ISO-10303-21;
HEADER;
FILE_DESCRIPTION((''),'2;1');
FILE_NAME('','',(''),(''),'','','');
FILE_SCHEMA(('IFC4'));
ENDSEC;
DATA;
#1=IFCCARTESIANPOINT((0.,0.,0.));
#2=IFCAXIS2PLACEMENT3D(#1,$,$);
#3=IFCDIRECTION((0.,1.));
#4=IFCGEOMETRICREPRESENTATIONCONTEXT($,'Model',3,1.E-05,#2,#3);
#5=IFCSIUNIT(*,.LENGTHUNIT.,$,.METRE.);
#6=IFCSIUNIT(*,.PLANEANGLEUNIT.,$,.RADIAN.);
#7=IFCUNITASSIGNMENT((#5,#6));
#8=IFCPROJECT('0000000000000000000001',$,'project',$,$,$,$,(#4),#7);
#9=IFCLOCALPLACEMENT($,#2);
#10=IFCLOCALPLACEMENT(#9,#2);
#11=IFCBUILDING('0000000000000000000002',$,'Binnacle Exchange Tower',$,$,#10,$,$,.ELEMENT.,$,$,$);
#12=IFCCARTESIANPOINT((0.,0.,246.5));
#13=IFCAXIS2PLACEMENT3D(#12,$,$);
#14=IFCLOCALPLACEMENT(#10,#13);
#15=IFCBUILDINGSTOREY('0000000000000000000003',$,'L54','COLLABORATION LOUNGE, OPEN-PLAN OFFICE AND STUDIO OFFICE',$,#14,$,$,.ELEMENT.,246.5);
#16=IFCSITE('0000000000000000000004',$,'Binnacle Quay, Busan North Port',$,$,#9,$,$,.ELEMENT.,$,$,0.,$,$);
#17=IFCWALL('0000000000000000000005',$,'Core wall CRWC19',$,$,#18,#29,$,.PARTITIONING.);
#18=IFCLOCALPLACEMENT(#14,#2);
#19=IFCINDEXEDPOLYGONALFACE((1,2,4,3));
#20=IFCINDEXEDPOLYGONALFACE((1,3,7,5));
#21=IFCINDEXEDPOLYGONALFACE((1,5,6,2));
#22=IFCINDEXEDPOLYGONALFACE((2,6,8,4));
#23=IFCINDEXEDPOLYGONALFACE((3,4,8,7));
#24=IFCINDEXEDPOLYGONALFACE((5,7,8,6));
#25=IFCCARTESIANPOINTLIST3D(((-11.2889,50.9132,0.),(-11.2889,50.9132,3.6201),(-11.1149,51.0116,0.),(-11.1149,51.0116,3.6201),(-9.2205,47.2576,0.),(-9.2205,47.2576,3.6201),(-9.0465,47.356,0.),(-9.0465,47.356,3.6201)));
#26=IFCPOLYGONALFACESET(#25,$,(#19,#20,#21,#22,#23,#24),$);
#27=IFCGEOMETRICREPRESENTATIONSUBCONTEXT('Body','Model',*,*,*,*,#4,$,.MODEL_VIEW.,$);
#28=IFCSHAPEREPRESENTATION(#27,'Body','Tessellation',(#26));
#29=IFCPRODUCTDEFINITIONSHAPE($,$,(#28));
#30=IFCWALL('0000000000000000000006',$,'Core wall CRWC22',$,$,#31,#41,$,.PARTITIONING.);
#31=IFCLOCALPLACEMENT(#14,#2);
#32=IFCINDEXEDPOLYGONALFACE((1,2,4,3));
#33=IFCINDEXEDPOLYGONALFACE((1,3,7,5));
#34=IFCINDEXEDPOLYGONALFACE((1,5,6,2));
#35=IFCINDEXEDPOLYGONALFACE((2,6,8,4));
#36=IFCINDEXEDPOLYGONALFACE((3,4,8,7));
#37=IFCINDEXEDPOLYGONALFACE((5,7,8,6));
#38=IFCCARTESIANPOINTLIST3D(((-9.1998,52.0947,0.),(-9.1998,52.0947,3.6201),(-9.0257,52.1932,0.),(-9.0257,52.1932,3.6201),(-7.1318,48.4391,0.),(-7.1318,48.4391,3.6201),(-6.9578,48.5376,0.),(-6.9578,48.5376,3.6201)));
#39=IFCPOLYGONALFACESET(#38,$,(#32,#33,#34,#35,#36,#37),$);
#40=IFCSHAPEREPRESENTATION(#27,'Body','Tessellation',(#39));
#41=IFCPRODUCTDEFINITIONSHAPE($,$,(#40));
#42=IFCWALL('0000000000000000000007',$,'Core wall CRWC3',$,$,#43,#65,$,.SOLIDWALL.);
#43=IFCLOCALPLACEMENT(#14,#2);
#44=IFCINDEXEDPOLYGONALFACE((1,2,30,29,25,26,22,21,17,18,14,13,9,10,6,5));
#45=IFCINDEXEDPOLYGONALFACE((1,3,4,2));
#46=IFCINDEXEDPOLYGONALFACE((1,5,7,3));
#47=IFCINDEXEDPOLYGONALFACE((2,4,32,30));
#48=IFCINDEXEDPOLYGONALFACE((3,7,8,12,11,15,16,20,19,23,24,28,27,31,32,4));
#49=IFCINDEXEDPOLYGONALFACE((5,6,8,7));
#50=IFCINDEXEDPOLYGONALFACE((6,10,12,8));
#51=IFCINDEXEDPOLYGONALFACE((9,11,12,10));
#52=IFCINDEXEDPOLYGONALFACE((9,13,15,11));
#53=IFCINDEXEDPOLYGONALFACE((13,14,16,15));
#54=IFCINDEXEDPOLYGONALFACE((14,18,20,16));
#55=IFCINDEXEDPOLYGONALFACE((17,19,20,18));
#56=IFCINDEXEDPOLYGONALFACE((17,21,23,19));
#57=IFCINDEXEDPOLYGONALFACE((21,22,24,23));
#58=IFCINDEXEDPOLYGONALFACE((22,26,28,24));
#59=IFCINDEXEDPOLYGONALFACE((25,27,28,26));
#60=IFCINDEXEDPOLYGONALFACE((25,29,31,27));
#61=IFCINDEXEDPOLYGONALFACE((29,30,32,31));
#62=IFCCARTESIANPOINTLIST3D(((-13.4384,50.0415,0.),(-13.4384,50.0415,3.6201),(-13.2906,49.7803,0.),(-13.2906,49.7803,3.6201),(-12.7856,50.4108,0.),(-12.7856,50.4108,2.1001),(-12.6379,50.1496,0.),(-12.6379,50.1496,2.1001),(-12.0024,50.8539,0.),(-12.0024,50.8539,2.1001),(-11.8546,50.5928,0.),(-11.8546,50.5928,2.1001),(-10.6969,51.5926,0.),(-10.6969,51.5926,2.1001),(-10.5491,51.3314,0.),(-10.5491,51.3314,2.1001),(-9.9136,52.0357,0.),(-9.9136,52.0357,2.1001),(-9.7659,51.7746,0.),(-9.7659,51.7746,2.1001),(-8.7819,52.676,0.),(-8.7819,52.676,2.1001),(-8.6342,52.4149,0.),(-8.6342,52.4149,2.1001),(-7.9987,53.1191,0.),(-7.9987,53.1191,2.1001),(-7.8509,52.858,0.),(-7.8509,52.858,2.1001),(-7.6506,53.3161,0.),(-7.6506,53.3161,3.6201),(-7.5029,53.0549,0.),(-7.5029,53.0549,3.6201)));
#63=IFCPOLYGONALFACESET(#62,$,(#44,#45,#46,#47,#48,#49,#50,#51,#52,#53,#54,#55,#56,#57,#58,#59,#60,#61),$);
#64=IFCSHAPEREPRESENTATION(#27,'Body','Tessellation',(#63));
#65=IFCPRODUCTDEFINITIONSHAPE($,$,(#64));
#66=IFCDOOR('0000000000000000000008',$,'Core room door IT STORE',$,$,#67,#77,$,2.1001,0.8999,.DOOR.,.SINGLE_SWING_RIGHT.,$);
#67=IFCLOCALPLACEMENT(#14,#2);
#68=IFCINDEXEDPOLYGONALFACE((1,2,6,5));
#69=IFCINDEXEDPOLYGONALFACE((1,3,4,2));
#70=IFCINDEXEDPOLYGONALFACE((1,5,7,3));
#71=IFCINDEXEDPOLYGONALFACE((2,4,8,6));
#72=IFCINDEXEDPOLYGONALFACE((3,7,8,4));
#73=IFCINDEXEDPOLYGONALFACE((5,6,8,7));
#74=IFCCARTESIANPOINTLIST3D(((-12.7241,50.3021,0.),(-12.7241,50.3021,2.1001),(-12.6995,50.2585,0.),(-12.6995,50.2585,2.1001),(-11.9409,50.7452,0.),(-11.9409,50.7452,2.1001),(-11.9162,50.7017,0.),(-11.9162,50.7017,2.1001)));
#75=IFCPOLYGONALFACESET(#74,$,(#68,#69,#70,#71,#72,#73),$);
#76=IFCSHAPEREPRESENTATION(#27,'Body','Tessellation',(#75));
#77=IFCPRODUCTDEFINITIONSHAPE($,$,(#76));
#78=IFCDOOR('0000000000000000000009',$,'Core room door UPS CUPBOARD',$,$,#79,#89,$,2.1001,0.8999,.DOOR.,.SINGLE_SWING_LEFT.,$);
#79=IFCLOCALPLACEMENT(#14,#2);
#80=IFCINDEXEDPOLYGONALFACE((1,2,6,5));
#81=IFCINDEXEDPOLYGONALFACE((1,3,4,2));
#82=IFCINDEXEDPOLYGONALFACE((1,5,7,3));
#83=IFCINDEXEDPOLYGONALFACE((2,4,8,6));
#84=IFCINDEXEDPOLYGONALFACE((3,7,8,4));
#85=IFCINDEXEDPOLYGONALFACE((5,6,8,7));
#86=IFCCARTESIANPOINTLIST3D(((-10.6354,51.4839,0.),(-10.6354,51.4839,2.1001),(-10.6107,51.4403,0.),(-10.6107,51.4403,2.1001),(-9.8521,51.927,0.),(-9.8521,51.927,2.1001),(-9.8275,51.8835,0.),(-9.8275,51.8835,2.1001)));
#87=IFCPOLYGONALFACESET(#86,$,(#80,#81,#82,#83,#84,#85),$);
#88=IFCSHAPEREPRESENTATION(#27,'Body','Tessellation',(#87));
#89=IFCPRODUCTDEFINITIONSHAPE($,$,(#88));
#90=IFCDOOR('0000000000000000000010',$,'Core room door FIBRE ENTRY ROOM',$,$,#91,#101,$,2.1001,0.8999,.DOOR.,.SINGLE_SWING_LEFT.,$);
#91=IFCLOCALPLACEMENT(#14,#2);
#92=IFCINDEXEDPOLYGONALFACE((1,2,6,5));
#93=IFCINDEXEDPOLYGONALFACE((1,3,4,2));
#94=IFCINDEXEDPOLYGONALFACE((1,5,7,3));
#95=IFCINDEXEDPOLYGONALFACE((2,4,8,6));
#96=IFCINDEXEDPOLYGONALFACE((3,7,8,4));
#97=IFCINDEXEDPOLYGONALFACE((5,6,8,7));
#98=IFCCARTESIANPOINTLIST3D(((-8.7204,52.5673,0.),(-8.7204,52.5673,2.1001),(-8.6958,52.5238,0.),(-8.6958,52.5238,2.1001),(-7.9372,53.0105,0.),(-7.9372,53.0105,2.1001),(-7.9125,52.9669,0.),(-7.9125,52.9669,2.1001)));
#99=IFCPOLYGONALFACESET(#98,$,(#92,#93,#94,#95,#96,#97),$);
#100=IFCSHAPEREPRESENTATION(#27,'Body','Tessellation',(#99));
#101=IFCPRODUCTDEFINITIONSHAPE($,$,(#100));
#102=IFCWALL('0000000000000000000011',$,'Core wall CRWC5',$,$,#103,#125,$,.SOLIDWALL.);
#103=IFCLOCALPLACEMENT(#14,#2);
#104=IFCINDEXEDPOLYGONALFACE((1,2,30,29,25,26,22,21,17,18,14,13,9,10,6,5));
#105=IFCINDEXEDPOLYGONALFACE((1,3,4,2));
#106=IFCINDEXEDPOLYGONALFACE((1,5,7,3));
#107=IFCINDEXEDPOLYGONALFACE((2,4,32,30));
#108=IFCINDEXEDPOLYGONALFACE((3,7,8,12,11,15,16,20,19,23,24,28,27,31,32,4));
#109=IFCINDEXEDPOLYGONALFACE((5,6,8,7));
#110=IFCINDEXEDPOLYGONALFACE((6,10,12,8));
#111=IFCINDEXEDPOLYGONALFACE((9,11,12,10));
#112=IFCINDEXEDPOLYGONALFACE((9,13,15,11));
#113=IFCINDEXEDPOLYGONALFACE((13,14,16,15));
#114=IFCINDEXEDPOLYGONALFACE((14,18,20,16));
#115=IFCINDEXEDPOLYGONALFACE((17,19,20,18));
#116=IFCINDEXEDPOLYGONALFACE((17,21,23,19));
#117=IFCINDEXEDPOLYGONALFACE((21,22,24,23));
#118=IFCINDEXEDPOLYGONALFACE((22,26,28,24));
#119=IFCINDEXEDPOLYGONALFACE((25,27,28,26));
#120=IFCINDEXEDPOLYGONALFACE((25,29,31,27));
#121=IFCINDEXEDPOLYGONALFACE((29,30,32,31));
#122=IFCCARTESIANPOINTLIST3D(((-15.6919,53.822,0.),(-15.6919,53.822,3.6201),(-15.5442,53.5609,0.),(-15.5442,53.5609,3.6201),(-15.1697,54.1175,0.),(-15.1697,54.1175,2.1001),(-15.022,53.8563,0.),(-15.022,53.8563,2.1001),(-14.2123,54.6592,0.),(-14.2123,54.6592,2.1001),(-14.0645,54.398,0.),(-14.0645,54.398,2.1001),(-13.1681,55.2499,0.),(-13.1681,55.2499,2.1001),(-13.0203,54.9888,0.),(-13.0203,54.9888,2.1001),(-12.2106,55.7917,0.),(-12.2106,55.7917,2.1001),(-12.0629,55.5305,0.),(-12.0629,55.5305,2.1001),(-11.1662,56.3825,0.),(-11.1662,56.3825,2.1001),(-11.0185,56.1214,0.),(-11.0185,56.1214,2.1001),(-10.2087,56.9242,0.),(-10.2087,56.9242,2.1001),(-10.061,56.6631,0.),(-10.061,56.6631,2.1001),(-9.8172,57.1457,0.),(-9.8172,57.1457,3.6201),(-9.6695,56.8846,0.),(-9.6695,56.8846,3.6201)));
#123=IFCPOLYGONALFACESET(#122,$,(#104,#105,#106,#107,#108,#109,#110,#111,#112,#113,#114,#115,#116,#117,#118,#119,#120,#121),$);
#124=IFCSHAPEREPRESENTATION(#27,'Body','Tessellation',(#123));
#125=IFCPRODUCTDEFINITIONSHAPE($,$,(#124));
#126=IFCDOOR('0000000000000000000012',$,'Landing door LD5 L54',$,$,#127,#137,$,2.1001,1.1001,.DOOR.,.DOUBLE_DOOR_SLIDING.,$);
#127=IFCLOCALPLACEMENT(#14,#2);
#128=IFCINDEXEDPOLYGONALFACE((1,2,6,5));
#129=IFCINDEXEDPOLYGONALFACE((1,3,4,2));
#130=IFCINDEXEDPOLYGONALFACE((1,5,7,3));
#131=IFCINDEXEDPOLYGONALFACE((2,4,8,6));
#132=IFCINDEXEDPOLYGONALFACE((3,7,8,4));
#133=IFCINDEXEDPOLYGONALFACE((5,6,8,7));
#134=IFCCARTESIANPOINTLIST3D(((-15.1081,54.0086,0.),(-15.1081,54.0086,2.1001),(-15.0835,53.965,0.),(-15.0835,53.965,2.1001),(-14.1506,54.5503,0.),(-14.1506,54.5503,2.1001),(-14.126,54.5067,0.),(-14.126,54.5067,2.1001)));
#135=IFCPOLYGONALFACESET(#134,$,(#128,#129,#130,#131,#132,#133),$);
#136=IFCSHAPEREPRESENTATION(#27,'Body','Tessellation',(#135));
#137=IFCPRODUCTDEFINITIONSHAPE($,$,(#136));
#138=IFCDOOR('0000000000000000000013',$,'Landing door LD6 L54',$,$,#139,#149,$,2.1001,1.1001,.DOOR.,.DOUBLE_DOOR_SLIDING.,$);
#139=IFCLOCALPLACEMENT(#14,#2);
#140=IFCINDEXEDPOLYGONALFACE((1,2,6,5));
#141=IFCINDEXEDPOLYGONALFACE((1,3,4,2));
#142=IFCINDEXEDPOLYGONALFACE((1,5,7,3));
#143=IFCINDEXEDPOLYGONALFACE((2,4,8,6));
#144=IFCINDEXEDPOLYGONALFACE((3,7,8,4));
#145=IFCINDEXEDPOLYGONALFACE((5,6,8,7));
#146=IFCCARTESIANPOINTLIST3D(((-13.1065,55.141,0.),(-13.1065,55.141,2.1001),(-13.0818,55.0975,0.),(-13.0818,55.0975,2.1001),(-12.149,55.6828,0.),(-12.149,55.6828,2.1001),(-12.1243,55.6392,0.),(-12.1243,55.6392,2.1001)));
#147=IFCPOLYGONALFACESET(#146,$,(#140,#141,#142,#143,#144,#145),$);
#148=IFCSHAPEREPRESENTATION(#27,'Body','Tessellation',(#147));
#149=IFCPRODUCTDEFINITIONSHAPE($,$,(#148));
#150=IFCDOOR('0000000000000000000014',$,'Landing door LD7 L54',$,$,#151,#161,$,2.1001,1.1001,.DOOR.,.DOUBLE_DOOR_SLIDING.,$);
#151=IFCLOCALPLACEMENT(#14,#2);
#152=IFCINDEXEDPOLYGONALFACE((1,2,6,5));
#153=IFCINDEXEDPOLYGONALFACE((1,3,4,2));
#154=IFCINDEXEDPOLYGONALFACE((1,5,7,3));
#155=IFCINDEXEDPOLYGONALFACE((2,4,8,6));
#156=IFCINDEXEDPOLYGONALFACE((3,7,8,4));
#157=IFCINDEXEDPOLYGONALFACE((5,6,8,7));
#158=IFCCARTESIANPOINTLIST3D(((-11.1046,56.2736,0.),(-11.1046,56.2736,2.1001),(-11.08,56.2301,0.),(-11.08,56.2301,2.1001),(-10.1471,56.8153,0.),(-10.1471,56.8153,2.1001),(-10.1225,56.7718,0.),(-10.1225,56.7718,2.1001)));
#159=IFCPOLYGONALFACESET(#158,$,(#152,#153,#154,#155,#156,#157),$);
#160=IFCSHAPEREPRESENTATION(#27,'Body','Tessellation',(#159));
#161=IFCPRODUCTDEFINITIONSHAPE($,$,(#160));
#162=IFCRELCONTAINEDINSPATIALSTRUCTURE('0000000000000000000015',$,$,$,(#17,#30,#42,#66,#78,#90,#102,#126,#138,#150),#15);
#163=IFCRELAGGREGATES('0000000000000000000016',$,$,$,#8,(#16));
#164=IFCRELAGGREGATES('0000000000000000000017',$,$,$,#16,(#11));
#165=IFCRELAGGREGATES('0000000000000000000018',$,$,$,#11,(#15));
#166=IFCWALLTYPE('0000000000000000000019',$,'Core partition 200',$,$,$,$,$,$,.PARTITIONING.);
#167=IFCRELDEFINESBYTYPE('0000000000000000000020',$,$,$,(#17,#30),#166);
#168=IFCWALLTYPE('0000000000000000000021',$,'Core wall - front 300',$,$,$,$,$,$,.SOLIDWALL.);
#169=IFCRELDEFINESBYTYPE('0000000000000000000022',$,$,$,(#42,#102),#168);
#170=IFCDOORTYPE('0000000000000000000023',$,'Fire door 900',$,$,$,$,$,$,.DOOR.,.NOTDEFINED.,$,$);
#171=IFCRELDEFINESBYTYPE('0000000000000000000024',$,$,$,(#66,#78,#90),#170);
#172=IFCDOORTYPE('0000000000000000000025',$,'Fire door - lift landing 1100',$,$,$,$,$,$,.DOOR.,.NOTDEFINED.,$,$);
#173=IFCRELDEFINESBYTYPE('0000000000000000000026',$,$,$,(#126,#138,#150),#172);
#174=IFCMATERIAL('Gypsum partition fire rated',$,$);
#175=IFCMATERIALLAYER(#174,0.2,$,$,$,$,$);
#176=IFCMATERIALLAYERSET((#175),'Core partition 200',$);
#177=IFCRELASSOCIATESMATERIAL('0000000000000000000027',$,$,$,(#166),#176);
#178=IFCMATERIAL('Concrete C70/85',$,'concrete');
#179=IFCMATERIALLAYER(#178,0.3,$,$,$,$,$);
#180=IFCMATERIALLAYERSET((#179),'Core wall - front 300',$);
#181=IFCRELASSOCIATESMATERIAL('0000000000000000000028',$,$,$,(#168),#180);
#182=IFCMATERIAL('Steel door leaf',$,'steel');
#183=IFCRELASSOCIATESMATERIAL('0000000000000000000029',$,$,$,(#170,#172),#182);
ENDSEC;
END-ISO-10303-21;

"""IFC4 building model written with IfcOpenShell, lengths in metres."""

from ifc_helpers import new_model, si_unit, direction, frame, frame_2d, origin, place, context, subcontext, project, spatial, rectangle, extrude, material, layer, layer_set, type_object, element, fill, save


model = new_model("IFC4")

# Units and contexts
model_context = context("Model", 3, precision=1e-05, world=origin(), true_north=direction((0.0, 1.0)))
body_context = subcontext(model_context, "Body", "Model", "MODEL_VIEW")
ifc_project = project(units=[si_unit("LENGTHUNIT", "METRE"), si_unit("PLANEANGLEUNIT", "RADIAN")], contexts=[model_context])

# Site, building, storey
site_placement = place(None, origin())
site = spatial("IfcSite", under=ifc_project, at=site_placement, Name="Binnacle Quay, Busan North Port", CompositionType="ELEMENT", RefElevation=0.0)
building_placement = place(site_placement, origin())
building = spatial("IfcBuilding", under=site, at=building_placement, Name="Binnacle Exchange Tower", CompositionType="ELEMENT")
storey_placement = place(building_placement, frame((0.0, 0.0, 246.5)))
storey = spatial("IfcBuildingStorey", under=building, at=storey_placement, Name="L54", Description="COLLABORATION LOUNGE, OPEN-PLAN OFFICE AND STUDIO OFFICE", CompositionType="ELEMENT", Elevation=246.5)

# Walls
ifc_material_1 = material(Name="Gypsum partition fire rated")
ifc_layer_1 = layer(ifc_material_1, 0.2)
ifc_layer_set_1 = layer_set([ifc_layer_1], Name="Core partition 200")
wall_type_1 = type_object("IfcWallType", Name="Core partition 200", PredefinedType="PARTITIONING", material=ifc_layer_set_1)
wall_1_placement = place(storey_placement, frame((-11.2019, 50.9624, 0.0), z_axis=(0.0, 0.0, 1.0), x_axis=(0.492454, -0.870339, 0.0)))
element("IfcWall", 1, at=wall_1_placement, inside=storey, type_object=wall_type_1, Name="Core wall CRWC19", PredefinedType="PARTITIONING", context=body_context, shape_type="SweptSolid", body=[
    extrude(rectangle(XDim=4.2002, YDim=0.2, at=frame_2d((2.1001, 0.0))), origin(), (0.0, 0.0, 1.0), 3.6201),
])
wall_2_placement = place(storey_placement, frame((-9.1128, 52.144, 0.0), z_axis=(0.0, 0.0, 1.0), x_axis=(0.492366, -0.870388, 0.0)))
element("IfcWall", 2, at=wall_2_placement, inside=storey, type_object=wall_type_1, Name="Core wall CRWC22", PredefinedType="PARTITIONING", context=body_context, shape_type="SweptSolid", body=[
    extrude(rectangle(XDim=4.2, YDim=0.2, at=frame_2d((2.1001, 0.0))), origin(), (0.0, 0.0, 1.0), 3.6201),
])

# Walls, openings, doors
ifc_material_2 = material(Name="Concrete C70/85", Category="concrete")
ifc_layer_2 = layer(ifc_material_2, 0.3)
ifc_layer_set_2 = layer_set([ifc_layer_2], Name="Core wall - front 300")
wall_type_2 = type_object("IfcWallType", Name="Core wall - front 300", PredefinedType="SOLIDWALL", material=ifc_layer_set_2)
wall_3_placement = place(storey_placement, frame((-13.3645, 49.9109, 0.0), z_axis=(0.0, 0.0, 1.0), x_axis=(0.870352, 0.49243, 0.0)))
wall_3 = element("IfcWall", 3, at=wall_3_placement, inside=storey, type_object=wall_type_2, Name="Core wall CRWC3", PredefinedType="SOLIDWALL", context=body_context, shape_type="SweptSolid", body=[
    extrude(rectangle(XDim=6.6499, YDim=0.3, at=frame_2d((3.325, 0.0))), origin(), (0.0, 0.0, 1.0), 3.6201),
])
opening_1_placement = place(wall_3_placement, frame((0.75, 0.0, 0.0)))
opening_1 = element("IfcOpeningElement", 4, at=opening_1_placement, cuts=wall_3, PredefinedType="OPENING", context=body_context, shape_type="SweptSolid", body=[
    extrude(rectangle(XDim=0.8999, YDim=2.1001, at=frame_2d((0.45, 1.05))), frame((0.0, 0.1599, 0.0), z_axis=(0.0, -1.0, 0.0), x_axis=(1.0, 0.0, 0.0)), (0.0, 0.0, 1.0), 0.3201),
])
opening_2_placement = place(wall_3_placement, frame((3.1499, 0.0, 0.0)))
opening_2 = element("IfcOpeningElement", 5, at=opening_2_placement, cuts=wall_3, PredefinedType="OPENING", context=body_context, shape_type="SweptSolid", body=[
    extrude(rectangle(XDim=0.8999, YDim=2.1001, at=frame_2d((0.45, 1.05))), frame((0.0, 0.1599, 0.0), z_axis=(0.0, -1.0, 0.0), x_axis=(1.0, 0.0, 0.0)), (0.0, 0.0, 1.0), 0.3201),
])
opening_3_placement = place(wall_3_placement, frame((5.3501, 0.0, 0.0)))
opening_3 = element("IfcOpeningElement", 6, at=opening_3_placement, cuts=wall_3, PredefinedType="OPENING", context=body_context, shape_type="SweptSolid", body=[
    extrude(rectangle(XDim=0.8999, YDim=2.1001, at=frame_2d((0.45, 1.05))), frame((0.0, 0.1599, 0.0), z_axis=(0.0, -1.0, 0.0), x_axis=(1.0, 0.0, 0.0)), (0.0, 0.0, 1.0), 0.3201),
])
ifc_material_3 = material(Name="Steel door leaf", Category="steel")
door_type_1 = type_object("IfcDoorType", Name="Fire door 900", OperationType="NOTDEFINED", PredefinedType="DOOR", material=ifc_material_3)
door_1_placement = place(opening_1_placement, frame((0.8999, 0.0, 0.0), z_axis=(0.0, 0.0, 1.0), x_axis=(-1.0, 0.0, 0.0)))
door_1 = element("IfcDoor", 7, at=door_1_placement, inside=storey, type_object=door_type_1, Name="Core room door IT STORE", OperationType="SINGLE_SWING_RIGHT", OverallHeight=2.1001, OverallWidth=0.8999, PredefinedType="DOOR", context=body_context, shape_type="SweptSolid", body=[
    extrude(rectangle(XDim=0.8999, YDim=2.1001, at=frame_2d((0.45, 1.05))), frame((0.0, 0.0249, 0.0), z_axis=(0.0, -1.0, 0.0), x_axis=(1.0, 0.0, 0.0)), (0.0, 0.0, 1.0), 0.05),
])
fill(opening_1, door_1)
door_2_placement = place(opening_2_placement, frame((0.8999, 0.0, 0.0), z_axis=(0.0, 0.0, 1.0), x_axis=(-1.0, 0.0, 0.0)))
door_2 = element("IfcDoor", 8, at=door_2_placement, inside=storey, type_object=door_type_1, Name="Core room door UPS CUPBOARD", OperationType="SINGLE_SWING_LEFT", OverallHeight=2.1001, OverallWidth=0.8999, PredefinedType="DOOR", context=body_context, shape_type="SweptSolid", body=[
    extrude(rectangle(XDim=0.8999, YDim=2.1001, at=frame_2d((0.45, 1.05))), frame((0.0, 0.0249, 0.0), z_axis=(0.0, -1.0, 0.0), x_axis=(1.0, 0.0, 0.0)), (0.0, 0.0, 1.0), 0.05),
])
fill(opening_2, door_2)
door_3_placement = place(opening_3_placement, frame((0.8999, 0.0, 0.0), z_axis=(0.0, 0.0, 1.0), x_axis=(-1.0, 0.0, 0.0)))
door_3 = element("IfcDoor", 9, at=door_3_placement, inside=storey, type_object=door_type_1, Name="Core room door FIBRE ENTRY ROOM", OperationType="SINGLE_SWING_LEFT", OverallHeight=2.1001, OverallWidth=0.8999, PredefinedType="DOOR", context=body_context, shape_type="SweptSolid", body=[
    extrude(rectangle(XDim=0.8999, YDim=2.1001, at=frame_2d((0.45, 1.05))), frame((0.0, 0.0249, 0.0), z_axis=(0.0, -1.0, 0.0), x_axis=(1.0, 0.0, 0.0)), (0.0, 0.0, 1.0), 0.05),
])
fill(opening_3, door_3)
wall_4_placement = place(storey_placement, frame((-15.6182, 53.6914, 0.0), z_axis=(0.0, 0.0, 1.0), x_axis=(0.870359, 0.492418, 0.0)))
wall_4 = element("IfcWall", 10, at=wall_4_placement, inside=storey, type_object=wall_type_2, Name="Core wall CRWC5", PredefinedType="SOLIDWALL", context=body_context, shape_type="SweptSolid", body=[
    extrude(rectangle(XDim=6.7498, YDim=0.3, at=frame_2d((3.375, 0.0))), origin(), (0.0, 0.0, 1.0), 3.6201),
])
opening_4_placement = place(wall_4_placement, frame((0.6001, 0.0, 0.0)))
opening_4 = element("IfcOpeningElement", 11, at=opening_4_placement, cuts=wall_4, PredefinedType="OPENING", context=body_context, shape_type="SweptSolid", body=[
    extrude(rectangle(XDim=1.1001, YDim=2.1001, at=frame_2d((0.55, 1.05))), frame((0.0, 0.1599, 0.0), z_axis=(0.0, -1.0, 0.0), x_axis=(1.0, 0.0, 0.0)), (0.0, 0.0, 1.0), 0.3201),
])
opening_5_placement = place(wall_4_placement, frame((2.8999, 0.0, 0.0)))
opening_5 = element("IfcOpeningElement", 12, at=opening_5_placement, cuts=wall_4, PredefinedType="OPENING", context=body_context, shape_type="SweptSolid", body=[
    extrude(rectangle(XDim=1.1001, YDim=2.1001, at=frame_2d((0.55, 1.05))), frame((0.0, 0.1599, 0.0), z_axis=(0.0, -1.0, 0.0), x_axis=(1.0, 0.0, 0.0)), (0.0, 0.0, 1.0), 0.3201),
])
opening_6_placement = place(wall_4_placement, frame((5.2, 0.0, 0.0)))
opening_6 = element("IfcOpeningElement", 13, at=opening_6_placement, cuts=wall_4, PredefinedType="OPENING", context=body_context, shape_type="SweptSolid", body=[
    extrude(rectangle(XDim=1.1001, YDim=2.1001, at=frame_2d((0.55, 1.05))), frame((0.0, 0.1599, 0.0), z_axis=(0.0, -1.0, 0.0), x_axis=(1.0, 0.0, 0.0)), (0.0, 0.0, 1.0), 0.3201),
])
door_type_2 = type_object("IfcDoorType", Name="Fire door - lift landing 1100", OperationType="NOTDEFINED", PredefinedType="DOOR", material=ifc_material_3)
door_4_placement = place(opening_4_placement, origin())
door_4 = element("IfcDoor", 14, at=door_4_placement, inside=storey, type_object=door_type_2, Name="Landing door LD5 L54", OperationType="DOUBLE_DOOR_SLIDING", OverallHeight=2.1001, OverallWidth=1.1001, PredefinedType="DOOR", context=body_context, shape_type="SweptSolid", body=[
    extrude(rectangle(XDim=1.1001, YDim=2.1001, at=frame_2d((0.55, 1.05))), frame((0.0, 0.0249, 0.0), z_axis=(0.0, -1.0, 0.0), x_axis=(1.0, 0.0, 0.0)), (0.0, 0.0, 1.0), 0.05),
])
fill(opening_4, door_4)
door_5_placement = place(opening_5_placement, origin())
door_5 = element("IfcDoor", 15, at=door_5_placement, inside=storey, type_object=door_type_2, Name="Landing door LD6 L54", OperationType="DOUBLE_DOOR_SLIDING", OverallHeight=2.1001, OverallWidth=1.1001, PredefinedType="DOOR", context=body_context, shape_type="SweptSolid", body=[
    extrude(rectangle(XDim=1.1001, YDim=2.1001, at=frame_2d((0.55, 1.05))), frame((0.0, 0.0249, 0.0), z_axis=(0.0, -1.0, 0.0), x_axis=(1.0, 0.0, 0.0)), (0.0, 0.0, 1.0), 0.05),
])
fill(opening_5, door_5)
door_6_placement = place(opening_6_placement, origin())
door_6 = element("IfcDoor", 16, at=door_6_placement, inside=storey, type_object=door_type_2, Name="Landing door LD7 L54", OperationType="DOUBLE_DOOR_SLIDING", OverallHeight=2.1001, OverallWidth=1.1001, PredefinedType="DOOR", context=body_context, shape_type="SweptSolid", body=[
    extrude(rectangle(XDim=1.1001, YDim=2.1001, at=frame_2d((0.55, 1.05))), frame((0.0, 0.0249, 0.0), z_axis=(0.0, -1.0, 0.0), x_axis=(1.0, 0.0, 0.0)), (0.0, 0.0, 1.0), 0.05),
])
fill(opening_6, door_6)

save(model, "model.ifc")
